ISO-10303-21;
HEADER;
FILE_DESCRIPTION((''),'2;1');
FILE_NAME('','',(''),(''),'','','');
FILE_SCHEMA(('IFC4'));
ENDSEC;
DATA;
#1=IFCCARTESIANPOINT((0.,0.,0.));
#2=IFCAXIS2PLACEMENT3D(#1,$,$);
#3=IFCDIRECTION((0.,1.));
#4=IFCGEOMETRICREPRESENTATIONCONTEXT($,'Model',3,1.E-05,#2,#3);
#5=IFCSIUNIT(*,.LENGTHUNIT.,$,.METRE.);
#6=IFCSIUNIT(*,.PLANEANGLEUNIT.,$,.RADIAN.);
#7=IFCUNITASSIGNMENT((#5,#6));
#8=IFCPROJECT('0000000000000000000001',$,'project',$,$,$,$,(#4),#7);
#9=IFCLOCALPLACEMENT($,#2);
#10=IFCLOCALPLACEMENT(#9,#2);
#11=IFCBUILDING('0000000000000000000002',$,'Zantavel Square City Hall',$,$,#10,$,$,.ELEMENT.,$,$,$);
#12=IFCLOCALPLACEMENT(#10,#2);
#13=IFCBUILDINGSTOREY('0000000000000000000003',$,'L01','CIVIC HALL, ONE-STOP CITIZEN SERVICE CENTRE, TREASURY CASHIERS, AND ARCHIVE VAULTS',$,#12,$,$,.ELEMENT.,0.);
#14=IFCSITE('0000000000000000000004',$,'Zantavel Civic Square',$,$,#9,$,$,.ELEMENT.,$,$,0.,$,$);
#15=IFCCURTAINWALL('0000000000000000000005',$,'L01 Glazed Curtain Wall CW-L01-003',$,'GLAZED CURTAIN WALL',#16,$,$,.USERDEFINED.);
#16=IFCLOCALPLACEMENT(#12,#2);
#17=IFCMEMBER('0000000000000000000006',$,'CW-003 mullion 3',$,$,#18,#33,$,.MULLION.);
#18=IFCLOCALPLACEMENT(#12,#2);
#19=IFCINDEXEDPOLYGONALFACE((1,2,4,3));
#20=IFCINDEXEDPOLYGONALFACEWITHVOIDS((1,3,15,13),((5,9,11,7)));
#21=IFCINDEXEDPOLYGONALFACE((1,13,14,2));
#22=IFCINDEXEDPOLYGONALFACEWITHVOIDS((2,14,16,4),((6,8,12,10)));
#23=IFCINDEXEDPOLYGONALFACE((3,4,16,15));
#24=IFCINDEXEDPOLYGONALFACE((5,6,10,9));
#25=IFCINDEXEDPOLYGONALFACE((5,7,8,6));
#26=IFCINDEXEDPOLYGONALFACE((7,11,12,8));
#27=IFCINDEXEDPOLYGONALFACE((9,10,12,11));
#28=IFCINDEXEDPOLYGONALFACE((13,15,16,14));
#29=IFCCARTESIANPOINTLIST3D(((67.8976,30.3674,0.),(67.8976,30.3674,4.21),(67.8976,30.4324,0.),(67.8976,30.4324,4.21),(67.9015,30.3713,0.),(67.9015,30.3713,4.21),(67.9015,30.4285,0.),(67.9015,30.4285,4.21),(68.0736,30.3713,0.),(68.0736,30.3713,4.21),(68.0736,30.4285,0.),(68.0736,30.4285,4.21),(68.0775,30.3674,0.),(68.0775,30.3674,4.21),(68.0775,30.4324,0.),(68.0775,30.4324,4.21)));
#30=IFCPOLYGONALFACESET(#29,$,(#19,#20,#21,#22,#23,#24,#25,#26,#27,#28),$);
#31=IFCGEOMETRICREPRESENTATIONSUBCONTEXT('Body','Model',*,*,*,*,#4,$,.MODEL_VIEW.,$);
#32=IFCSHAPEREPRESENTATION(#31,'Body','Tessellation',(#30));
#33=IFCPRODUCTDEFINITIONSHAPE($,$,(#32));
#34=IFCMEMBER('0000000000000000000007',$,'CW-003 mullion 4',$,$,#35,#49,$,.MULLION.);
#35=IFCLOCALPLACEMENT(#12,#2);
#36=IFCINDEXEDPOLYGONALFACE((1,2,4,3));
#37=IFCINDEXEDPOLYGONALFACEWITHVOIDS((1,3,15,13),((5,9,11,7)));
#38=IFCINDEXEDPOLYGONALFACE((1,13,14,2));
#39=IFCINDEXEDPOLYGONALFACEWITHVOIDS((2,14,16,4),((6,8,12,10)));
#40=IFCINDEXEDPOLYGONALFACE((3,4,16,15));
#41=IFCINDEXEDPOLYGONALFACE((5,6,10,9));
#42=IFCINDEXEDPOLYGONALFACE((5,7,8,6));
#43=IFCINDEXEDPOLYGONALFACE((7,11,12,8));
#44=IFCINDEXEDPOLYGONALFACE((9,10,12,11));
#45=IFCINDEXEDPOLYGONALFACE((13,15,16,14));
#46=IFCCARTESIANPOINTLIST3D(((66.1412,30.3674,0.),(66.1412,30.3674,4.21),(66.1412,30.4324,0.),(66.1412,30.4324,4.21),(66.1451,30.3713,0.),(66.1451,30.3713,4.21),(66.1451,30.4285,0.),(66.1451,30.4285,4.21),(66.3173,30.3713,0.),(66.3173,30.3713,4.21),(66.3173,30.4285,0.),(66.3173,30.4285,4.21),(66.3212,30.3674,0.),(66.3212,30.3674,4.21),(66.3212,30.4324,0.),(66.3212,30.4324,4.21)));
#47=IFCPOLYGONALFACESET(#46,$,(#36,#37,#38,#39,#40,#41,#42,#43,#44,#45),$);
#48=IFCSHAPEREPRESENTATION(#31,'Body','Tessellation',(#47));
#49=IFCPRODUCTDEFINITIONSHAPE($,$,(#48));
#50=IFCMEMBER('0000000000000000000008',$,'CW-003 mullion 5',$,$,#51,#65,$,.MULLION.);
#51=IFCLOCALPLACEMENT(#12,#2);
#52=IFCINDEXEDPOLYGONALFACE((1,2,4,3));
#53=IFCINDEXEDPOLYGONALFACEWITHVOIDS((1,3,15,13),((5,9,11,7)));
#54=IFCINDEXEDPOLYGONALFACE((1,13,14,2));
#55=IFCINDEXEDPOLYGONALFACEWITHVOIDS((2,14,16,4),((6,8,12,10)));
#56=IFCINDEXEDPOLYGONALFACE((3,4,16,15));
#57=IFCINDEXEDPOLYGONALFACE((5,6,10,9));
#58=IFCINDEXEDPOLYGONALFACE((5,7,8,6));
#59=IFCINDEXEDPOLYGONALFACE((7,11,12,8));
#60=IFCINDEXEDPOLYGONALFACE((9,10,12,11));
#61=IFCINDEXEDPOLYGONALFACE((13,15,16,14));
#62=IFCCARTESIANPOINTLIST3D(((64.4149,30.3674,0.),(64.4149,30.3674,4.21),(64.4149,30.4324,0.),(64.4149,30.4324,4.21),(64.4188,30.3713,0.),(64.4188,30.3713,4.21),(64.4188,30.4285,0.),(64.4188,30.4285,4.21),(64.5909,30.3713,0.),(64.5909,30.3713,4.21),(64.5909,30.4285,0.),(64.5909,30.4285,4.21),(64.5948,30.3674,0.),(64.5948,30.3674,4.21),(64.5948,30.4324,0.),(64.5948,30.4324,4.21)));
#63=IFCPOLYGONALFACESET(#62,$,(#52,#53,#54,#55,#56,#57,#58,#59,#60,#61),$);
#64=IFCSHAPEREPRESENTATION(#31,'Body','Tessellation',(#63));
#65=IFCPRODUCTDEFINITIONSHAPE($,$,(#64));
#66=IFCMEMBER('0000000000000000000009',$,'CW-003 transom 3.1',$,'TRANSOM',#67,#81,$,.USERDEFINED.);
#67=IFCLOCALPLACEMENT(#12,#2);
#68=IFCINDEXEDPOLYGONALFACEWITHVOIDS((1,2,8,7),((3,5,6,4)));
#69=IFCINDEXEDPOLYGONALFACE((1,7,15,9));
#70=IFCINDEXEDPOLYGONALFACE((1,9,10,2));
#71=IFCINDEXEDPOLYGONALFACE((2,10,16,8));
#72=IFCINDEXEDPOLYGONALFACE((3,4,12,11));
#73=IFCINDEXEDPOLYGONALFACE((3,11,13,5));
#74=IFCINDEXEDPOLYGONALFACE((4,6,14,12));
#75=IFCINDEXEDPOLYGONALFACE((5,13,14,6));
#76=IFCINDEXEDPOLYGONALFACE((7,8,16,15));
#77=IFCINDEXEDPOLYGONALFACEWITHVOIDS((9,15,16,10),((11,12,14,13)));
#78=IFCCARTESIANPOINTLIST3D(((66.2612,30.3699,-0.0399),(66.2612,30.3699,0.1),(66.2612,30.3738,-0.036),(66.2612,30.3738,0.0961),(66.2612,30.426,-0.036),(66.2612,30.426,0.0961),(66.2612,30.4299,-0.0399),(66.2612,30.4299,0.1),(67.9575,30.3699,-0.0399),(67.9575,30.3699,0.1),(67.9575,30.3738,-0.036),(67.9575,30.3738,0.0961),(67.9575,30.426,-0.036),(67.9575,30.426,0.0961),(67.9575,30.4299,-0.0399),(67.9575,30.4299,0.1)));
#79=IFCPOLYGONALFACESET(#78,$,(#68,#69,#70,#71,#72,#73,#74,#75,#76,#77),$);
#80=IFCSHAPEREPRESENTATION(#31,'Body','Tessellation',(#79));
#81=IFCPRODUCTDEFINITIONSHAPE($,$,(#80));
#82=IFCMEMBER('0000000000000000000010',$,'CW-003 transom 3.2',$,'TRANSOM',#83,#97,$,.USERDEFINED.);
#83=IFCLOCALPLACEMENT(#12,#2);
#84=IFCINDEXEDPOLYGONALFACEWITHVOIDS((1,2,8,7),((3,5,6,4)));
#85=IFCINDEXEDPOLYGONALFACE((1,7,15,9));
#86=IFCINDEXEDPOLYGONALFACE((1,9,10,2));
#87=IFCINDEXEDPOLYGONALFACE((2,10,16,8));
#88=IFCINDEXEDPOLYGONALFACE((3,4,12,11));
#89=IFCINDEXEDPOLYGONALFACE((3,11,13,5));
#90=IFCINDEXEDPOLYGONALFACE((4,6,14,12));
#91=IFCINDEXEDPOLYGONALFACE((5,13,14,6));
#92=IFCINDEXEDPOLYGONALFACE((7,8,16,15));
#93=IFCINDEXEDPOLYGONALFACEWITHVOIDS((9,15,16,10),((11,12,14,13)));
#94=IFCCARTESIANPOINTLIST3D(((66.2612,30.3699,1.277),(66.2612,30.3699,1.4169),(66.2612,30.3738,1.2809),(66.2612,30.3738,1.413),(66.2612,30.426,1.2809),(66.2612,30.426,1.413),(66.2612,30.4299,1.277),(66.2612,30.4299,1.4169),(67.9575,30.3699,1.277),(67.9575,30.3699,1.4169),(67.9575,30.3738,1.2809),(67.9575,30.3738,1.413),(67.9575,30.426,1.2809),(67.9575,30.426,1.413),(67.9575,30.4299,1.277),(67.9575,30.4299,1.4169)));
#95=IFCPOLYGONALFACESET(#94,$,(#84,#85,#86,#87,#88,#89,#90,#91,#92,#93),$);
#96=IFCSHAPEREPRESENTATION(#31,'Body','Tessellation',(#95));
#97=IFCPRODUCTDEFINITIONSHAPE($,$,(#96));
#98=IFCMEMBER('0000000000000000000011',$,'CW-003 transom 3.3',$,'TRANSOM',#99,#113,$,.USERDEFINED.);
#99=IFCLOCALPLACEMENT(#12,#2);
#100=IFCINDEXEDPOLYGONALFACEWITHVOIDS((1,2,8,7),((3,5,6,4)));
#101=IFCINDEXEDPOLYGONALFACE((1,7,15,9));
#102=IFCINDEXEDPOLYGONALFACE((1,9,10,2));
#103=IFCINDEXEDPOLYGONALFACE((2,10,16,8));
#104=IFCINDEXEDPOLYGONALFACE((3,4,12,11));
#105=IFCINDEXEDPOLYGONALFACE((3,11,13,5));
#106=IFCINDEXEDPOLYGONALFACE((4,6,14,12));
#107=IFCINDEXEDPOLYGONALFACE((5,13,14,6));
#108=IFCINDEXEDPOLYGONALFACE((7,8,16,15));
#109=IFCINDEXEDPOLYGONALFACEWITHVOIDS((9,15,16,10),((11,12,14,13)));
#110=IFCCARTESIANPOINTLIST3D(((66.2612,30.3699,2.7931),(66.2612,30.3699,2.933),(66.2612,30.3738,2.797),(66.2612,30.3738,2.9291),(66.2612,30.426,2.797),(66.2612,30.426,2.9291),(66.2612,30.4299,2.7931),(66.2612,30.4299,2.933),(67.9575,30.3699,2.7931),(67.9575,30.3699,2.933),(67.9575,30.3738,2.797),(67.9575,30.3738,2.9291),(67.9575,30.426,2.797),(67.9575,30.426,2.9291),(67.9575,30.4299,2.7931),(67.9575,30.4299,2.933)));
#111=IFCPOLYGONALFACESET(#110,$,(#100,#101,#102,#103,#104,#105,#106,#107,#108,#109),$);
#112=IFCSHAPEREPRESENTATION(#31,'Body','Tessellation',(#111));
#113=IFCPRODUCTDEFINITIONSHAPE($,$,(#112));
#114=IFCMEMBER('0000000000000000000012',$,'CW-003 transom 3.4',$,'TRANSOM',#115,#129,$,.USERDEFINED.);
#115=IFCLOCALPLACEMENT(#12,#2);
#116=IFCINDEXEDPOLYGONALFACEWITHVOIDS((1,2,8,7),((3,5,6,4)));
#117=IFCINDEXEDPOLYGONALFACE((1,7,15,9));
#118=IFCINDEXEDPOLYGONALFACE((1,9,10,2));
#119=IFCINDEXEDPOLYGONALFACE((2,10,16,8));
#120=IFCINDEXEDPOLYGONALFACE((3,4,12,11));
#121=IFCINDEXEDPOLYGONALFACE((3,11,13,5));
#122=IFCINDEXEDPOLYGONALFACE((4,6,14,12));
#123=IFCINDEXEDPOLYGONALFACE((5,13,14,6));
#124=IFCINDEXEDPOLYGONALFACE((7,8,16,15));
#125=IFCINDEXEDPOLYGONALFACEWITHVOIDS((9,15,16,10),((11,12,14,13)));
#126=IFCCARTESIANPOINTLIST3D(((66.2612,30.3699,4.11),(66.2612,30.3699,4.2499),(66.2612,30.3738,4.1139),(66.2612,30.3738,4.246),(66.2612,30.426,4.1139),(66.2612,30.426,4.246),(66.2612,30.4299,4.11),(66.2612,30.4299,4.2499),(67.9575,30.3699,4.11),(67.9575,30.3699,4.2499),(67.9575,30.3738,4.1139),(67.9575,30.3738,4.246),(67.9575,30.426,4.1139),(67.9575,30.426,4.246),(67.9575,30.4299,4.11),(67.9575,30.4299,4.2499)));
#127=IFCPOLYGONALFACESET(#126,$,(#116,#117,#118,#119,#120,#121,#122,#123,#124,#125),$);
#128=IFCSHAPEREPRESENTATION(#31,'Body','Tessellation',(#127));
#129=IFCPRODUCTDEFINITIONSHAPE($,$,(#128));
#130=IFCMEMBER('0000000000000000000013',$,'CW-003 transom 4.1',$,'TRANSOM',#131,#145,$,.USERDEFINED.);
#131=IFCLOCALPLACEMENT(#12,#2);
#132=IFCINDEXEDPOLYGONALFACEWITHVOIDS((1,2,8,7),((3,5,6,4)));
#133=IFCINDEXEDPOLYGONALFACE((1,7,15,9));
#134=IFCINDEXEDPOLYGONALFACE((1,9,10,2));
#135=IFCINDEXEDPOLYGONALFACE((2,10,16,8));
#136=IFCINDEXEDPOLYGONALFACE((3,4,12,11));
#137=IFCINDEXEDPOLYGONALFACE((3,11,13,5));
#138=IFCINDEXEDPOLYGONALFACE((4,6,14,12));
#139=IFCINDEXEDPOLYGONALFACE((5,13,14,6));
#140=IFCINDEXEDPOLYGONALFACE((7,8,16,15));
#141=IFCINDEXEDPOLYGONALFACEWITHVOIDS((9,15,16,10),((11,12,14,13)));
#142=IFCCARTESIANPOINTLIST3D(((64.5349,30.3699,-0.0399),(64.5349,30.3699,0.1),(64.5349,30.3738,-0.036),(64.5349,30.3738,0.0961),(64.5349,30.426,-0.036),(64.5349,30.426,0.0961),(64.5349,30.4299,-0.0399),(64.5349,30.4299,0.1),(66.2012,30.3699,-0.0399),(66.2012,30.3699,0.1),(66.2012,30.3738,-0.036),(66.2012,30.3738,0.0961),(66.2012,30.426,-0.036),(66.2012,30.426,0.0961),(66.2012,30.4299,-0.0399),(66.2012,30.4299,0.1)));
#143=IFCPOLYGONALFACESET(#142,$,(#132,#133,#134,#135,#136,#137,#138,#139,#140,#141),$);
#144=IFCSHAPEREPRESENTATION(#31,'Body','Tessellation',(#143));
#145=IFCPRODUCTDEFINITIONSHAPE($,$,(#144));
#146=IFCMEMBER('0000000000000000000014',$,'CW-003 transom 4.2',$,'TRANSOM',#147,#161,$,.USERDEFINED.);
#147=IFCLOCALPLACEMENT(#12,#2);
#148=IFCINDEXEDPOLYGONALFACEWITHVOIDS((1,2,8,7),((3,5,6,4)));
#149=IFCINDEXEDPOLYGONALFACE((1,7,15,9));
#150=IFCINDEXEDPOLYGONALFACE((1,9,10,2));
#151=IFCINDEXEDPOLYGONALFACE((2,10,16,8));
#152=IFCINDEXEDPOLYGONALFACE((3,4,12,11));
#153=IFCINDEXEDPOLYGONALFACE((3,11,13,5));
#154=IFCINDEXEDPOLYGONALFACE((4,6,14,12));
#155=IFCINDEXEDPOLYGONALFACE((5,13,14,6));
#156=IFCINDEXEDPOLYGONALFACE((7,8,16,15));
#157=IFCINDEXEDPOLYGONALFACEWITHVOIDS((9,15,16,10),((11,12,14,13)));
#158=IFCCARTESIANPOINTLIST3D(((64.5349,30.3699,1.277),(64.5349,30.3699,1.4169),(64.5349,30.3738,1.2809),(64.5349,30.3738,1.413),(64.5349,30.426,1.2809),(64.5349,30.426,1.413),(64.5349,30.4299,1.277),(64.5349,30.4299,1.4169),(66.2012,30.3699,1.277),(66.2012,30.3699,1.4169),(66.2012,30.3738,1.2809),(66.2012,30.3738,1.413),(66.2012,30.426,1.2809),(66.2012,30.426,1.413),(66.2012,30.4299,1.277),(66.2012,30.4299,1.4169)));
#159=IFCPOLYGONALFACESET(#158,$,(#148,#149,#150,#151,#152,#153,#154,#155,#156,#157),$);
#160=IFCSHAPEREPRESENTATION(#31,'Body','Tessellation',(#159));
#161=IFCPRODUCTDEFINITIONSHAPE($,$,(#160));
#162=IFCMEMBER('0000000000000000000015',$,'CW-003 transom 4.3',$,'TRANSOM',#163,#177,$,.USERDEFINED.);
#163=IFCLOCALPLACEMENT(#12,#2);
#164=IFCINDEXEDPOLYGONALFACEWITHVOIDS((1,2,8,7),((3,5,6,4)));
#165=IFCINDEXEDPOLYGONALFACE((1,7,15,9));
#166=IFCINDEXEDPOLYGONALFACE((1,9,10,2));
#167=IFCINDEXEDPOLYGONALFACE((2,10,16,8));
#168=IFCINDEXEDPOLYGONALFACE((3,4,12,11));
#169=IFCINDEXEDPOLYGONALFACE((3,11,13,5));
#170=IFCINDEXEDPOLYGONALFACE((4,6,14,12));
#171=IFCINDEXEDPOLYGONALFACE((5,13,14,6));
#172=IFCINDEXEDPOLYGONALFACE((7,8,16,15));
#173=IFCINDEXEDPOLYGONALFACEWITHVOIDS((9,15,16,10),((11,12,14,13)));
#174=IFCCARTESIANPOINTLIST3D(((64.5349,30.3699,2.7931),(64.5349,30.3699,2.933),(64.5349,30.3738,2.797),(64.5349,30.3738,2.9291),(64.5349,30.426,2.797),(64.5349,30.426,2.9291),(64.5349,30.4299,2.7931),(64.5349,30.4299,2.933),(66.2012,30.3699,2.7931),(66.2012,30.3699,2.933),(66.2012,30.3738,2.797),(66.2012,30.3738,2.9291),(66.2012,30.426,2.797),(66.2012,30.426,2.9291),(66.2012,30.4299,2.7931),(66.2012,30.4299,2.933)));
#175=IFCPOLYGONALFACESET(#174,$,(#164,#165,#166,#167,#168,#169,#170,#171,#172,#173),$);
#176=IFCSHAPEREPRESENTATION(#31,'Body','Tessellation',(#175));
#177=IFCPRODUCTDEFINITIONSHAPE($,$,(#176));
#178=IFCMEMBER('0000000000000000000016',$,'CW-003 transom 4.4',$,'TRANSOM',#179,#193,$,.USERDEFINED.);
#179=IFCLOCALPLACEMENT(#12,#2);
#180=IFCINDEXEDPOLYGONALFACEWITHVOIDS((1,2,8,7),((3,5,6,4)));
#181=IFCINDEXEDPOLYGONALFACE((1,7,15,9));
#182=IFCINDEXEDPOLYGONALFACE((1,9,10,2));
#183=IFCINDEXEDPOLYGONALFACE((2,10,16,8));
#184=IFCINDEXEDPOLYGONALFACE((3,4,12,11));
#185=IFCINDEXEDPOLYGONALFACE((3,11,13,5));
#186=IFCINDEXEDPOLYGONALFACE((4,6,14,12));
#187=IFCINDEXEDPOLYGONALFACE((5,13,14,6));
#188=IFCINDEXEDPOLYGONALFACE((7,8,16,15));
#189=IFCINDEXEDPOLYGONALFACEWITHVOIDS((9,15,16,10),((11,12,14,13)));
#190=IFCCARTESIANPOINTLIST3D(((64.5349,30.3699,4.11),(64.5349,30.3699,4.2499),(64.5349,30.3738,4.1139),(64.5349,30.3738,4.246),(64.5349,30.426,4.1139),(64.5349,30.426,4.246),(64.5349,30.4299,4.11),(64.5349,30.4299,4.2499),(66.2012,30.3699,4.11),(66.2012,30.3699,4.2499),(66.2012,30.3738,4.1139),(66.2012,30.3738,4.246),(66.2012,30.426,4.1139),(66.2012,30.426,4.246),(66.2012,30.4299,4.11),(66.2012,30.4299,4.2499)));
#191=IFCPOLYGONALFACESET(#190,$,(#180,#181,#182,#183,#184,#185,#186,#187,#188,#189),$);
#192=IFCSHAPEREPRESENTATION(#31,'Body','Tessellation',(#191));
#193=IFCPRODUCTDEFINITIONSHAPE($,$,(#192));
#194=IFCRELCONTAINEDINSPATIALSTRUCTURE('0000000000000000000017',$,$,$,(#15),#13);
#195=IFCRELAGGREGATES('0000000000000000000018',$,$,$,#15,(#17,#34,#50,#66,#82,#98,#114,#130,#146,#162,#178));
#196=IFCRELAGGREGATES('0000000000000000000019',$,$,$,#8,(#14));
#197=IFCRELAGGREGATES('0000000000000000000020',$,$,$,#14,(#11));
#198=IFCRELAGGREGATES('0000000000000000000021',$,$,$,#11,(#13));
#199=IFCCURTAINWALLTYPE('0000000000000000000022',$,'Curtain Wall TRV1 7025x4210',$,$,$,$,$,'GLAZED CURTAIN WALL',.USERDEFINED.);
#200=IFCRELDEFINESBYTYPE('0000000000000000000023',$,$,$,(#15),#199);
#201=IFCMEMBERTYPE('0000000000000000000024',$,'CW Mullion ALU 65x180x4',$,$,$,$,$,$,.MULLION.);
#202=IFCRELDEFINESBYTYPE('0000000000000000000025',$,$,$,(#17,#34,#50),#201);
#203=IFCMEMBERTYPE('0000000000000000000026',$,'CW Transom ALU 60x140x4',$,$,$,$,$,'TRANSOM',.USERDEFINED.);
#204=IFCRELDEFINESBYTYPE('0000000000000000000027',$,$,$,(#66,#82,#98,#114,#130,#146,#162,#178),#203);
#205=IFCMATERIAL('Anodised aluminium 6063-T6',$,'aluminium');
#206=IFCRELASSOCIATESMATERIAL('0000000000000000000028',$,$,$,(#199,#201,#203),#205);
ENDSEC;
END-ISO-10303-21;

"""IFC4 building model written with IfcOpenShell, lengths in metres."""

from ifc_helpers import new_model, si_unit, direction, frame, origin, origin_2d, place, context, subcontext, project, spatial, hollow_rectangle, extrude, material, material_profile, profile_set, type_object, element, aggregate, save


model = new_model("IFC4")

# Units and contexts
model_context = context("Model", 3, precision=1e-05, world=origin(), true_north=direction((0.0, 1.0)))
body_context = subcontext(model_context, "Body", "Model", "MODEL_VIEW")
ifc_project = project(units=[si_unit("LENGTHUNIT", "METRE"), si_unit("PLANEANGLEUNIT", "RADIAN")], contexts=[model_context])

# Site, building, storey
site_placement = place(None, origin())
site = spatial("IfcSite", under=ifc_project, at=site_placement, Name="Zantavel Civic Square", CompositionType="ELEMENT", RefElevation=0.0)
building_placement = place(site_placement, origin())
building = spatial("IfcBuilding", under=site, at=building_placement, Name="Zantavel Square City Hall", CompositionType="ELEMENT")
storey_placement = place(building_placement, origin())
storey = spatial("IfcBuildingStorey", under=building, at=storey_placement, Name="L01", Description="CIVIC HALL, ONE-STOP CITIZEN SERVICE CENTRE, TREASURY CASHIERS, AND ARCHIVE VAULTS", CompositionType="ELEMENT", Elevation=0.0)

# Curtain wall, members
ifc_material_1 = material(Name="Anodised aluminium 6063-T6", Category="aluminium")
curtain_wall_type = type_object("IfcCurtainWallType", Name="Curtain Wall TRV1 7025x4210", ElementType="GLAZED CURTAIN WALL", PredefinedType="USERDEFINED", material=ifc_material_1)
curtain_wall_placement = place(storey_placement, origin())
curtain_wall = element("IfcCurtainWall", 1, at=curtain_wall_placement, inside=storey, type_object=curtain_wall_type, Name="L01 Glazed Curtain Wall CW-L01-003", ObjectType="GLAZED CURTAIN WALL", PredefinedType="USERDEFINED")
ifc_material_profile_1 = material_profile(ifc_material_1, hollow_rectangle(XDim=0.0649, YDim=0.1799, WallThickness=0.0039, at=origin_2d()), Name="ALU 65x180x4")
ifc_profile_set_1 = profile_set([ifc_material_profile_1], Name="Anodised aluminium 6063-T6")
member_type_1 = type_object("IfcMemberType", Name="CW Mullion ALU 65x180x4", PredefinedType="MULLION", material=ifc_profile_set_1)
member_1_placement = place(storey_placement, frame((67.9875, 30.3999, 0.0), z_axis=(0.0, 0.0, 1.0), x_axis=(0.0, -1.0, 0.0)))
member_1 = element("IfcMember", 2, at=member_1_placement, type_object=member_type_1, Name="CW-003 mullion 3", PredefinedType="MULLION", context=body_context, shape_type="SweptSolid", body=[
    extrude(hollow_rectangle(XDim=0.0649, YDim=0.1799, WallThickness=0.0039, at=origin_2d()), origin(), (0.0, 0.0, 1.0), 4.21),
])
member_2_placement = place(storey_placement, frame((66.2312, 30.3999, 0.0), z_axis=(0.0, 0.0, 1.0), x_axis=(0.0, -1.0, 0.0)))
member_2 = element("IfcMember", 3, at=member_2_placement, type_object=member_type_1, Name="CW-003 mullion 4", PredefinedType="MULLION", context=body_context, shape_type="SweptSolid", body=[
    extrude(hollow_rectangle(XDim=0.0649, YDim=0.1799, WallThickness=0.0039, at=origin_2d()), origin(), (0.0, 0.0, 1.0), 4.21),
])
member_3_placement = place(storey_placement, frame((64.5049, 30.3999, 0.0), z_axis=(0.0, 0.0, 1.0), x_axis=(0.0, -1.0, 0.0)))
member_3 = element("IfcMember", 4, at=member_3_placement, type_object=member_type_1, Name="CW-003 mullion 5", PredefinedType="MULLION", context=body_context, shape_type="SweptSolid", body=[
    extrude(hollow_rectangle(XDim=0.0649, YDim=0.1799, WallThickness=0.0039, at=origin_2d()), origin(), (0.0, 0.0, 1.0), 4.21),
])
ifc_material_profile_2 = material_profile(ifc_material_1, hollow_rectangle(XDim=0.0601, YDim=0.1399, WallThickness=0.0039, at=origin_2d()), Name="ALU 60x140x4")
ifc_profile_set_2 = profile_set([ifc_material_profile_2], Name="Anodised aluminium 6063-T6")
member_type_2 = type_object("IfcMemberType", Name="CW Transom ALU 60x140x4", ElementType="TRANSOM", PredefinedType="USERDEFINED", material=ifc_profile_set_2)
member_4_placement = place(storey_placement, frame((67.9575, 30.3999, 0.03), z_axis=(-1.0, 0.0, 0.0), x_axis=(0.0, -1.0, 0.0)))
member_4 = element("IfcMember", 5, at=member_4_placement, type_object=member_type_2, Name="CW-003 transom 3.1", ObjectType="TRANSOM", PredefinedType="USERDEFINED", context=body_context, shape_type="SweptSolid", body=[
    extrude(hollow_rectangle(XDim=0.0601, YDim=0.1399, WallThickness=0.0039, at=origin_2d()), origin(), (0.0, 0.0, 1.0), 1.6963),
])
member_5_placement = place(storey_placement, frame((67.9575, 30.3999, 1.3469), z_axis=(-1.0, 0.0, 0.0), x_axis=(0.0, -1.0, 0.0)))
member_5 = element("IfcMember", 6, at=member_5_placement, type_object=member_type_2, Name="CW-003 transom 3.2", ObjectType="TRANSOM", PredefinedType="USERDEFINED", context=body_context, shape_type="SweptSolid", body=[
    extrude(hollow_rectangle(XDim=0.0601, YDim=0.1399, WallThickness=0.0039, at=origin_2d()), origin(), (0.0, 0.0, 1.0), 1.6963),
])
member_6_placement = place(storey_placement, frame((67.9575, 30.3999, 2.863), z_axis=(-1.0, 0.0, 0.0), x_axis=(0.0, -1.0, 0.0)))
member_6 = element("IfcMember", 7, at=member_6_placement, type_object=member_type_2, Name="CW-003 transom 3.3", ObjectType="TRANSOM", PredefinedType="USERDEFINED", context=body_context, shape_type="SweptSolid", body=[
    extrude(hollow_rectangle(XDim=0.0601, YDim=0.1399, WallThickness=0.0039, at=origin_2d()), origin(), (0.0, 0.0, 1.0), 1.6963),
])
member_7_placement = place(storey_placement, frame((67.9575, 30.3999, 4.1799), z_axis=(-1.0, 0.0, 0.0), x_axis=(0.0, -1.0, 0.0)))
member_7 = element("IfcMember", 8, at=member_7_placement, type_object=member_type_2, Name="CW-003 transom 3.4", ObjectType="TRANSOM", PredefinedType="USERDEFINED", context=body_context, shape_type="SweptSolid", body=[
    extrude(hollow_rectangle(XDim=0.0601, YDim=0.1399, WallThickness=0.0039, at=origin_2d()), origin(), (0.0, 0.0, 1.0), 1.6963),
])
member_8_placement = place(storey_placement, frame((66.2012, 30.3999, 0.03), z_axis=(-1.0, 0.0, 0.0), x_axis=(0.0, -1.0, 0.0)))
member_8 = element("IfcMember", 9, at=member_8_placement, type_object=member_type_2, Name="CW-003 transom 4.1", ObjectType="TRANSOM", PredefinedType="USERDEFINED", context=body_context, shape_type="SweptSolid", body=[
    extrude(hollow_rectangle(XDim=0.0601, YDim=0.1399, WallThickness=0.0039, at=origin_2d()), origin(), (0.0, 0.0, 1.0), 1.6663),
])
member_9_placement = place(storey_placement, frame((66.2012, 30.3999, 1.3469), z_axis=(-1.0, 0.0, 0.0), x_axis=(0.0, -1.0, 0.0)))
member_9 = element("IfcMember", 10, at=member_9_placement, type_object=member_type_2, Name="CW-003 transom 4.2", ObjectType="TRANSOM", PredefinedType="USERDEFINED", context=body_context, shape_type="SweptSolid", body=[
    extrude(hollow_rectangle(XDim=0.0601, YDim=0.1399, WallThickness=0.0039, at=origin_2d()), origin(), (0.0, 0.0, 1.0), 1.6663),
])
member_10_placement = place(storey_placement, frame((66.2012, 30.3999, 2.863), z_axis=(-1.0, 0.0, 0.0), x_axis=(0.0, -1.0, 0.0)))
member_10 = element("IfcMember", 11, at=member_10_placement, type_object=member_type_2, Name="CW-003 transom 4.3", ObjectType="TRANSOM", PredefinedType="USERDEFINED", context=body_context, shape_type="SweptSolid", body=[
    extrude(hollow_rectangle(XDim=0.0601, YDim=0.1399, WallThickness=0.0039, at=origin_2d()), origin(), (0.0, 0.0, 1.0), 1.6663),
])
member_11_placement = place(storey_placement, frame((66.2012, 30.3999, 4.1799), z_axis=(-1.0, 0.0, 0.0), x_axis=(0.0, -1.0, 0.0)))
member_11 = element("IfcMember", 12, at=member_11_placement, type_object=member_type_2, Name="CW-003 transom 4.4", ObjectType="TRANSOM", PredefinedType="USERDEFINED", context=body_context, shape_type="SweptSolid", body=[
    extrude(hollow_rectangle(XDim=0.0601, YDim=0.1399, WallThickness=0.0039, at=origin_2d()), origin(), (0.0, 0.0, 1.0), 1.6663),
])

aggregate(curtain_wall, [member_1, member_2, member_3, member_4, member_5, member_6, member_7, member_8, member_9, member_10, member_11])

save(model, "model.ifc")
